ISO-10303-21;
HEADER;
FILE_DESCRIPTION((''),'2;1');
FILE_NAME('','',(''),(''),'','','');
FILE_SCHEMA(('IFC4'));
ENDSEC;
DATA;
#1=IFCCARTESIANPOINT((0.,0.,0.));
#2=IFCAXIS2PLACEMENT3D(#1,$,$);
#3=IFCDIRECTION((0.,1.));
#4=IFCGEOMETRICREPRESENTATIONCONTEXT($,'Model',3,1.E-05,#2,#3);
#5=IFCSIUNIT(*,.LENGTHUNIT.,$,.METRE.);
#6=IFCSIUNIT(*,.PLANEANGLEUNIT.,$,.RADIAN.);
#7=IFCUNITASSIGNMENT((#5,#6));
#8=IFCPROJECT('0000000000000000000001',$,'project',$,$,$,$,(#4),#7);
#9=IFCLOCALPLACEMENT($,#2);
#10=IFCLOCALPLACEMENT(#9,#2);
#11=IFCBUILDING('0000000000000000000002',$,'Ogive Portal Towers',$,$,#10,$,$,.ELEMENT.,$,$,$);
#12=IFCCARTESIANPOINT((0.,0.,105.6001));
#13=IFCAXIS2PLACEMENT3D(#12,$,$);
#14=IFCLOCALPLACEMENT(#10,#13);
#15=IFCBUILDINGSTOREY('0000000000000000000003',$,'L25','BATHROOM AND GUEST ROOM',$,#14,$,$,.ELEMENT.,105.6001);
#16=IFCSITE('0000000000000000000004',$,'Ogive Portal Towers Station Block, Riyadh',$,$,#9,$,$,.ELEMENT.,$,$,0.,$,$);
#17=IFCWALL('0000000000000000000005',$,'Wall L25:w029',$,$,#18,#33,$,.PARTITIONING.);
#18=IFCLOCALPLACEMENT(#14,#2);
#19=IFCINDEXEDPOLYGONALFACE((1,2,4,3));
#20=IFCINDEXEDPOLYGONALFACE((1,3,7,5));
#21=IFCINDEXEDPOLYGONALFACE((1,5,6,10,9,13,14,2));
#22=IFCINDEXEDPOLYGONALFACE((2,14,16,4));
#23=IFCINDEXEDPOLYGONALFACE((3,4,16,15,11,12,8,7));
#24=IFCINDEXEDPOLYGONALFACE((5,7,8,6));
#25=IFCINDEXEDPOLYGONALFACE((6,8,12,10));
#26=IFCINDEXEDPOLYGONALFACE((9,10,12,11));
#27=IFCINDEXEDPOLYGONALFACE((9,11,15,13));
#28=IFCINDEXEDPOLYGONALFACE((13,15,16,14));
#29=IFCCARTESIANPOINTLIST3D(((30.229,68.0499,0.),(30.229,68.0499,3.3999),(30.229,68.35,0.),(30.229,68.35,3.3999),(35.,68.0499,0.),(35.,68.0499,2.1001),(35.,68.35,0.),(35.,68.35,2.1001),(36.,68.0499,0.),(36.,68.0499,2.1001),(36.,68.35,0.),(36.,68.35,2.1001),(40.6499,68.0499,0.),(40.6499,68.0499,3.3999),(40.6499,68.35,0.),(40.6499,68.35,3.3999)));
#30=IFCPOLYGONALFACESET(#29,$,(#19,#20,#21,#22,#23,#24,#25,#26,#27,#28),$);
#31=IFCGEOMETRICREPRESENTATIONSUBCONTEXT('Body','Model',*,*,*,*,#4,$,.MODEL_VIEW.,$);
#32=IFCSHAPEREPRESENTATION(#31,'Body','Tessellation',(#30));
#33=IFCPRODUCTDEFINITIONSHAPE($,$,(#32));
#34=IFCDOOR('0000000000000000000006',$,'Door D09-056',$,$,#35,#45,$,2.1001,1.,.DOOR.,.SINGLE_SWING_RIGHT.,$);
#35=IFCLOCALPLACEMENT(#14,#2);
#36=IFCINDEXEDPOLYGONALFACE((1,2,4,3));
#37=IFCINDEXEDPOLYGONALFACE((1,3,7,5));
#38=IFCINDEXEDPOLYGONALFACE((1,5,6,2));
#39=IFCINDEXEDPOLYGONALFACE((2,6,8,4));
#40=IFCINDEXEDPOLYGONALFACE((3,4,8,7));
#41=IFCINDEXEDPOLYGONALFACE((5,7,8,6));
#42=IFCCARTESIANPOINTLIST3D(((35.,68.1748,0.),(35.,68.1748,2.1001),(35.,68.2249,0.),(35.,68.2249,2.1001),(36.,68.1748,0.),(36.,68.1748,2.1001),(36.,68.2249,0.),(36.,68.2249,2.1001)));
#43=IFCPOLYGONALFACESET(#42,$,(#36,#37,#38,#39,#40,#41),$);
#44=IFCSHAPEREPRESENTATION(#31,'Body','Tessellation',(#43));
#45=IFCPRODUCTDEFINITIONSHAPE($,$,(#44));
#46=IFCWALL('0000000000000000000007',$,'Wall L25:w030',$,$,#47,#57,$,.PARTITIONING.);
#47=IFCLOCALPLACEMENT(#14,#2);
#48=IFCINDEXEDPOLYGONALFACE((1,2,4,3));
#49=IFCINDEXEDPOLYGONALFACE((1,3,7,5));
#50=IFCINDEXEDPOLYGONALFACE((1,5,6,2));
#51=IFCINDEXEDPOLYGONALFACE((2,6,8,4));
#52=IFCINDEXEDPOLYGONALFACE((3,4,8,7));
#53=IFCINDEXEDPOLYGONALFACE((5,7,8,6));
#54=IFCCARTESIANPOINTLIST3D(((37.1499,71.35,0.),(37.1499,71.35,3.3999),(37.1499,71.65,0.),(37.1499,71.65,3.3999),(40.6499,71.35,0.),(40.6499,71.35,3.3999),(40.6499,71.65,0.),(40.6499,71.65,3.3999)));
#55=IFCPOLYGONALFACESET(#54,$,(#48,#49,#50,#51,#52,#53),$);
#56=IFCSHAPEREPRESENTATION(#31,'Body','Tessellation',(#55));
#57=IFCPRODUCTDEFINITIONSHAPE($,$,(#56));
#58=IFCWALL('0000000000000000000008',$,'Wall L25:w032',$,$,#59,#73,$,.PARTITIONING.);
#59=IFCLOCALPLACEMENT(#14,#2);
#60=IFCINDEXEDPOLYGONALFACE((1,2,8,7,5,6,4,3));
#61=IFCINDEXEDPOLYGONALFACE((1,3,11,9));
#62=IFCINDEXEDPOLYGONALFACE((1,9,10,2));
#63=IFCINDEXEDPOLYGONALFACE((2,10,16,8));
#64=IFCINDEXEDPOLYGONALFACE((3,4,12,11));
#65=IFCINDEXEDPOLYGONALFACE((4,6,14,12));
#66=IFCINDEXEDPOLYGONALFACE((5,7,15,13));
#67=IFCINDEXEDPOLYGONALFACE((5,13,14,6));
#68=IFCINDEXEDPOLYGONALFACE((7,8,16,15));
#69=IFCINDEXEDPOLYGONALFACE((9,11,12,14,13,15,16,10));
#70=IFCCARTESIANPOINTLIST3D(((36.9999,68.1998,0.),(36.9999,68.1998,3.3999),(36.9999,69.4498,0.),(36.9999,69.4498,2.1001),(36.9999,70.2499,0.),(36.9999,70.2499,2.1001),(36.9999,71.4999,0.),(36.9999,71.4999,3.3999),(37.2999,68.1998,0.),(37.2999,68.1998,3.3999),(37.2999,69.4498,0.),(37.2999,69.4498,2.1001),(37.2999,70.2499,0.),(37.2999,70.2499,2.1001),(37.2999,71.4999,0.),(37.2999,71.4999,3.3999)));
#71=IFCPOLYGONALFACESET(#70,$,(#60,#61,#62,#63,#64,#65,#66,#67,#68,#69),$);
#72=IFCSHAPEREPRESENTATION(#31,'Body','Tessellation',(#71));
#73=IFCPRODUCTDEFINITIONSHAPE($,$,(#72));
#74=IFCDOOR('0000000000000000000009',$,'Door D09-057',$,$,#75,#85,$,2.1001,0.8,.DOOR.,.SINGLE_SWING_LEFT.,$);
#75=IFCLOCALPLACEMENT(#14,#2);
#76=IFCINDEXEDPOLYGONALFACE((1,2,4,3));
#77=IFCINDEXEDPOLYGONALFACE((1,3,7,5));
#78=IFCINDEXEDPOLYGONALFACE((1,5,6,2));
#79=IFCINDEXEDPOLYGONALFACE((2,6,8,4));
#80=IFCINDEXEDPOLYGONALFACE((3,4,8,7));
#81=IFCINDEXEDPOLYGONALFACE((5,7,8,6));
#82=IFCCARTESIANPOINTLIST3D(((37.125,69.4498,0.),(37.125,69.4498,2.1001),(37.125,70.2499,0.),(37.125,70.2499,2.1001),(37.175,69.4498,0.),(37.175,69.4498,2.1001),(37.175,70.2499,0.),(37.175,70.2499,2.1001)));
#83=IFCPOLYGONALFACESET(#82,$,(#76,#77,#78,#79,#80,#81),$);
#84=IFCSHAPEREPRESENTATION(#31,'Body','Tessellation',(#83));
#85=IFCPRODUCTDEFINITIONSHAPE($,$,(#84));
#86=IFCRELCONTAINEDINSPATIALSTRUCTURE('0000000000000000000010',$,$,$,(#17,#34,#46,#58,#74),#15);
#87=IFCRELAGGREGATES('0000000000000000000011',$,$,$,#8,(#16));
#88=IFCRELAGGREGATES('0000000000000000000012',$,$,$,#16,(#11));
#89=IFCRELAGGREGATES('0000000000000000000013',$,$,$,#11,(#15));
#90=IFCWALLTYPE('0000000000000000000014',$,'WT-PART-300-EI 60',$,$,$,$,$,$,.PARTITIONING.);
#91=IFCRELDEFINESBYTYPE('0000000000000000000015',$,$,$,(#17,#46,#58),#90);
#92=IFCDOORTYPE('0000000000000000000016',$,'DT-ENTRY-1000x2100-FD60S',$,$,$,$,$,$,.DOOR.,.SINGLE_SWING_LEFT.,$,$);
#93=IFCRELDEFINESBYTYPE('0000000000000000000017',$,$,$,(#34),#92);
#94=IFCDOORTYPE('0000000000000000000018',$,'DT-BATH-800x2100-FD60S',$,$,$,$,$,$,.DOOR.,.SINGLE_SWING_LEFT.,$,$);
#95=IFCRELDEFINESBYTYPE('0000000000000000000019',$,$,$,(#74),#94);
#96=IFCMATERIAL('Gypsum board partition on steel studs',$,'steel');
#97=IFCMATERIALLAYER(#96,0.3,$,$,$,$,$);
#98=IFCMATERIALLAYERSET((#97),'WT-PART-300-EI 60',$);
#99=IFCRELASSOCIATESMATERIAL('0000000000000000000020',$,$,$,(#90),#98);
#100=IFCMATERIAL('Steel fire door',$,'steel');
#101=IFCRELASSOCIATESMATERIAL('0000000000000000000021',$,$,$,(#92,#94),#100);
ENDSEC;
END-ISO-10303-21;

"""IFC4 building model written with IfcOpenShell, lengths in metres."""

from ifc_helpers import new_model, si_unit, direction, frame, frame_2d, origin, place, context, subcontext, project, spatial, rectangle, extrude, material, layer, layer_set, type_object, element, fill, save


model = new_model("IFC4")

# Units and contexts
model_context = context("Model", 3, precision=1e-05, world=origin(), true_north=direction((0.0, 1.0)))
body_context = subcontext(model_context, "Body", "Model", "MODEL_VIEW")
ifc_project = project(units=[si_unit("LENGTHUNIT", "METRE"), si_unit("PLANEANGLEUNIT", "RADIAN")], contexts=[model_context])

# Site, building, storey
site_placement = place(None, origin())
site = spatial("IfcSite", under=ifc_project, at=site_placement, Name="Ogive Portal Towers Station Block, Riyadh", CompositionType="ELEMENT", RefElevation=0.0)
building_placement = place(site_placement, origin())
building = spatial("IfcBuilding", under=site, at=building_placement, Name="Ogive Portal Towers", CompositionType="ELEMENT")
storey_placement = place(building_placement, frame((0.0, 0.0, 105.6001)))
storey = spatial("IfcBuildingStorey", under=building, at=storey_placement, Name="L25", Description="BATHROOM AND GUEST ROOM", CompositionType="ELEMENT", Elevation=105.6001)

# Wall, opening, door
ifc_material_1 = material(Name="Gypsum board partition on steel studs", Category="steel")
ifc_layer_1 = layer(ifc_material_1, 0.3)
ifc_layer_set_1 = layer_set([ifc_layer_1], Name="WT-PART-300-EI 60")
wall_type_1 = type_object("IfcWallType", Name="WT-PART-300-EI 60", PredefinedType="PARTITIONING", material=ifc_layer_set_1)
wall_1_placement = place(storey_placement, frame((30.229, 68.2, 0.0), z_axis=(0.0, 0.0, 1.0), x_axis=(1.0, 0.0, 0.0)))
wall_1 = element("IfcWall", 1, at=wall_1_placement, inside=storey, type_object=wall_type_1, Name="Wall L25:w029", PredefinedType="PARTITIONING", context=body_context, shape_type="SweptSolid", body=[
    extrude(rectangle(XDim=10.4209, YDim=0.3, at=frame_2d((5.2104, 0.0))), origin(), (0.0, 0.0, 1.0), 3.3999),
])
opening_1_placement = place(wall_1_placement, frame((4.771, 0.0, 0.0)))
opening_1 = element("IfcOpeningElement", 2, at=opening_1_placement, cuts=wall_1, PredefinedType="OPENING", context=body_context, shape_type="SweptSolid", body=[
    extrude(rectangle(XDim=1.0, YDim=2.1001, at=frame_2d((0.5, 1.05))), frame((0.0, 0.1602, 0.0), z_axis=(0.0, -1.0, 0.0), x_axis=(1.0, 0.0, 0.0)), (0.0, 0.0, 1.0), 0.3201),
])
ifc_material_2 = material(Name="Steel fire door", Category="steel")
door_type_1 = type_object("IfcDoorType", Name="DT-ENTRY-1000x2100-FD60S", OperationType="SINGLE_SWING_LEFT", PredefinedType="DOOR", material=ifc_material_2)
door_1_placement = place(opening_1_placement, origin())
door_1 = element("IfcDoor", 3, at=door_1_placement, inside=storey, type_object=door_type_1, Name="Door D09-056", OperationType="SINGLE_SWING_RIGHT", OverallHeight=2.1001, OverallWidth=1.0, PredefinedType="DOOR", context=body_context, shape_type="SweptSolid", body=[
    extrude(rectangle(XDim=1.0, YDim=2.1001, at=frame_2d((0.5, 1.05))), frame((0.0, 0.0249, 0.0), z_axis=(0.0, -1.0, 0.0), x_axis=(1.0, 0.0, 0.0)), (0.0, 0.0, 1.0), 0.05),
])
fill(opening_1, door_1)

# Wall
wall_2_placement = place(storey_placement, frame((37.1499, 71.5, 0.0), z_axis=(0.0, 0.0, 1.0), x_axis=(1.0, 0.0, 0.0)))
element("IfcWall", 4, at=wall_2_placement, inside=storey, type_object=wall_type_1, Name="Wall L25:w030", PredefinedType="PARTITIONING", context=body_context, shape_type="SweptSolid", body=[
    extrude(rectangle(XDim=3.5, YDim=0.3, at=frame_2d((1.75, 0.0))), origin(), (0.0, 0.0, 1.0), 3.3999),
])

# Wall, opening, door
wall_3_placement = place(storey_placement, frame((37.1499, 68.2, 0.0), z_axis=(0.0, 0.0, 1.0), x_axis=(0.0, 1.0, 0.0)))
wall_3 = element("IfcWall", 5, at=wall_3_placement, inside=storey, type_object=wall_type_1, Name="Wall L25:w032", PredefinedType="PARTITIONING", context=body_context, shape_type="SweptSolid", body=[
    extrude(rectangle(XDim=3.3, YDim=0.3, at=frame_2d((1.6499, 0.0))), origin(), (0.0, 0.0, 1.0), 3.3999),
])
opening_2_placement = place(wall_3_placement, frame((1.25, 0.0, 0.0)))
opening_2 = element("IfcOpeningElement", 6, at=opening_2_placement, cuts=wall_3, PredefinedType="OPENING", context=body_context, shape_type="SweptSolid", body=[
    extrude(rectangle(XDim=0.8, YDim=2.1001, at=frame_2d((0.3999, 1.05))), frame((0.0, 0.1602, 0.0), z_axis=(0.0, -1.0, 0.0), x_axis=(1.0, 0.0, 0.0)), (0.0, 0.0, 1.0), 0.3201),
])
door_type_2 = type_object("IfcDoorType", Name="DT-BATH-800x2100-FD60S", OperationType="SINGLE_SWING_LEFT", PredefinedType="DOOR", material=ifc_material_2)
door_2_placement = place(opening_2_placement, origin())
door_2 = element("IfcDoor", 7, at=door_2_placement, inside=storey, type_object=door_type_2, Name="Door D09-057", OperationType="SINGLE_SWING_LEFT", OverallHeight=2.1001, OverallWidth=0.8, PredefinedType="DOOR", context=body_context, shape_type="SweptSolid", body=[
    extrude(rectangle(XDim=0.8, YDim=2.1001, at=frame_2d((0.3999, 1.05))), frame((0.0, 0.0249, 0.0), z_axis=(0.0, -1.0, 0.0), x_axis=(1.0, 0.0, 0.0)), (0.0, 0.0, 1.0), 0.05),
])
fill(opening_2, door_2)

save(model, "model.ifc")
